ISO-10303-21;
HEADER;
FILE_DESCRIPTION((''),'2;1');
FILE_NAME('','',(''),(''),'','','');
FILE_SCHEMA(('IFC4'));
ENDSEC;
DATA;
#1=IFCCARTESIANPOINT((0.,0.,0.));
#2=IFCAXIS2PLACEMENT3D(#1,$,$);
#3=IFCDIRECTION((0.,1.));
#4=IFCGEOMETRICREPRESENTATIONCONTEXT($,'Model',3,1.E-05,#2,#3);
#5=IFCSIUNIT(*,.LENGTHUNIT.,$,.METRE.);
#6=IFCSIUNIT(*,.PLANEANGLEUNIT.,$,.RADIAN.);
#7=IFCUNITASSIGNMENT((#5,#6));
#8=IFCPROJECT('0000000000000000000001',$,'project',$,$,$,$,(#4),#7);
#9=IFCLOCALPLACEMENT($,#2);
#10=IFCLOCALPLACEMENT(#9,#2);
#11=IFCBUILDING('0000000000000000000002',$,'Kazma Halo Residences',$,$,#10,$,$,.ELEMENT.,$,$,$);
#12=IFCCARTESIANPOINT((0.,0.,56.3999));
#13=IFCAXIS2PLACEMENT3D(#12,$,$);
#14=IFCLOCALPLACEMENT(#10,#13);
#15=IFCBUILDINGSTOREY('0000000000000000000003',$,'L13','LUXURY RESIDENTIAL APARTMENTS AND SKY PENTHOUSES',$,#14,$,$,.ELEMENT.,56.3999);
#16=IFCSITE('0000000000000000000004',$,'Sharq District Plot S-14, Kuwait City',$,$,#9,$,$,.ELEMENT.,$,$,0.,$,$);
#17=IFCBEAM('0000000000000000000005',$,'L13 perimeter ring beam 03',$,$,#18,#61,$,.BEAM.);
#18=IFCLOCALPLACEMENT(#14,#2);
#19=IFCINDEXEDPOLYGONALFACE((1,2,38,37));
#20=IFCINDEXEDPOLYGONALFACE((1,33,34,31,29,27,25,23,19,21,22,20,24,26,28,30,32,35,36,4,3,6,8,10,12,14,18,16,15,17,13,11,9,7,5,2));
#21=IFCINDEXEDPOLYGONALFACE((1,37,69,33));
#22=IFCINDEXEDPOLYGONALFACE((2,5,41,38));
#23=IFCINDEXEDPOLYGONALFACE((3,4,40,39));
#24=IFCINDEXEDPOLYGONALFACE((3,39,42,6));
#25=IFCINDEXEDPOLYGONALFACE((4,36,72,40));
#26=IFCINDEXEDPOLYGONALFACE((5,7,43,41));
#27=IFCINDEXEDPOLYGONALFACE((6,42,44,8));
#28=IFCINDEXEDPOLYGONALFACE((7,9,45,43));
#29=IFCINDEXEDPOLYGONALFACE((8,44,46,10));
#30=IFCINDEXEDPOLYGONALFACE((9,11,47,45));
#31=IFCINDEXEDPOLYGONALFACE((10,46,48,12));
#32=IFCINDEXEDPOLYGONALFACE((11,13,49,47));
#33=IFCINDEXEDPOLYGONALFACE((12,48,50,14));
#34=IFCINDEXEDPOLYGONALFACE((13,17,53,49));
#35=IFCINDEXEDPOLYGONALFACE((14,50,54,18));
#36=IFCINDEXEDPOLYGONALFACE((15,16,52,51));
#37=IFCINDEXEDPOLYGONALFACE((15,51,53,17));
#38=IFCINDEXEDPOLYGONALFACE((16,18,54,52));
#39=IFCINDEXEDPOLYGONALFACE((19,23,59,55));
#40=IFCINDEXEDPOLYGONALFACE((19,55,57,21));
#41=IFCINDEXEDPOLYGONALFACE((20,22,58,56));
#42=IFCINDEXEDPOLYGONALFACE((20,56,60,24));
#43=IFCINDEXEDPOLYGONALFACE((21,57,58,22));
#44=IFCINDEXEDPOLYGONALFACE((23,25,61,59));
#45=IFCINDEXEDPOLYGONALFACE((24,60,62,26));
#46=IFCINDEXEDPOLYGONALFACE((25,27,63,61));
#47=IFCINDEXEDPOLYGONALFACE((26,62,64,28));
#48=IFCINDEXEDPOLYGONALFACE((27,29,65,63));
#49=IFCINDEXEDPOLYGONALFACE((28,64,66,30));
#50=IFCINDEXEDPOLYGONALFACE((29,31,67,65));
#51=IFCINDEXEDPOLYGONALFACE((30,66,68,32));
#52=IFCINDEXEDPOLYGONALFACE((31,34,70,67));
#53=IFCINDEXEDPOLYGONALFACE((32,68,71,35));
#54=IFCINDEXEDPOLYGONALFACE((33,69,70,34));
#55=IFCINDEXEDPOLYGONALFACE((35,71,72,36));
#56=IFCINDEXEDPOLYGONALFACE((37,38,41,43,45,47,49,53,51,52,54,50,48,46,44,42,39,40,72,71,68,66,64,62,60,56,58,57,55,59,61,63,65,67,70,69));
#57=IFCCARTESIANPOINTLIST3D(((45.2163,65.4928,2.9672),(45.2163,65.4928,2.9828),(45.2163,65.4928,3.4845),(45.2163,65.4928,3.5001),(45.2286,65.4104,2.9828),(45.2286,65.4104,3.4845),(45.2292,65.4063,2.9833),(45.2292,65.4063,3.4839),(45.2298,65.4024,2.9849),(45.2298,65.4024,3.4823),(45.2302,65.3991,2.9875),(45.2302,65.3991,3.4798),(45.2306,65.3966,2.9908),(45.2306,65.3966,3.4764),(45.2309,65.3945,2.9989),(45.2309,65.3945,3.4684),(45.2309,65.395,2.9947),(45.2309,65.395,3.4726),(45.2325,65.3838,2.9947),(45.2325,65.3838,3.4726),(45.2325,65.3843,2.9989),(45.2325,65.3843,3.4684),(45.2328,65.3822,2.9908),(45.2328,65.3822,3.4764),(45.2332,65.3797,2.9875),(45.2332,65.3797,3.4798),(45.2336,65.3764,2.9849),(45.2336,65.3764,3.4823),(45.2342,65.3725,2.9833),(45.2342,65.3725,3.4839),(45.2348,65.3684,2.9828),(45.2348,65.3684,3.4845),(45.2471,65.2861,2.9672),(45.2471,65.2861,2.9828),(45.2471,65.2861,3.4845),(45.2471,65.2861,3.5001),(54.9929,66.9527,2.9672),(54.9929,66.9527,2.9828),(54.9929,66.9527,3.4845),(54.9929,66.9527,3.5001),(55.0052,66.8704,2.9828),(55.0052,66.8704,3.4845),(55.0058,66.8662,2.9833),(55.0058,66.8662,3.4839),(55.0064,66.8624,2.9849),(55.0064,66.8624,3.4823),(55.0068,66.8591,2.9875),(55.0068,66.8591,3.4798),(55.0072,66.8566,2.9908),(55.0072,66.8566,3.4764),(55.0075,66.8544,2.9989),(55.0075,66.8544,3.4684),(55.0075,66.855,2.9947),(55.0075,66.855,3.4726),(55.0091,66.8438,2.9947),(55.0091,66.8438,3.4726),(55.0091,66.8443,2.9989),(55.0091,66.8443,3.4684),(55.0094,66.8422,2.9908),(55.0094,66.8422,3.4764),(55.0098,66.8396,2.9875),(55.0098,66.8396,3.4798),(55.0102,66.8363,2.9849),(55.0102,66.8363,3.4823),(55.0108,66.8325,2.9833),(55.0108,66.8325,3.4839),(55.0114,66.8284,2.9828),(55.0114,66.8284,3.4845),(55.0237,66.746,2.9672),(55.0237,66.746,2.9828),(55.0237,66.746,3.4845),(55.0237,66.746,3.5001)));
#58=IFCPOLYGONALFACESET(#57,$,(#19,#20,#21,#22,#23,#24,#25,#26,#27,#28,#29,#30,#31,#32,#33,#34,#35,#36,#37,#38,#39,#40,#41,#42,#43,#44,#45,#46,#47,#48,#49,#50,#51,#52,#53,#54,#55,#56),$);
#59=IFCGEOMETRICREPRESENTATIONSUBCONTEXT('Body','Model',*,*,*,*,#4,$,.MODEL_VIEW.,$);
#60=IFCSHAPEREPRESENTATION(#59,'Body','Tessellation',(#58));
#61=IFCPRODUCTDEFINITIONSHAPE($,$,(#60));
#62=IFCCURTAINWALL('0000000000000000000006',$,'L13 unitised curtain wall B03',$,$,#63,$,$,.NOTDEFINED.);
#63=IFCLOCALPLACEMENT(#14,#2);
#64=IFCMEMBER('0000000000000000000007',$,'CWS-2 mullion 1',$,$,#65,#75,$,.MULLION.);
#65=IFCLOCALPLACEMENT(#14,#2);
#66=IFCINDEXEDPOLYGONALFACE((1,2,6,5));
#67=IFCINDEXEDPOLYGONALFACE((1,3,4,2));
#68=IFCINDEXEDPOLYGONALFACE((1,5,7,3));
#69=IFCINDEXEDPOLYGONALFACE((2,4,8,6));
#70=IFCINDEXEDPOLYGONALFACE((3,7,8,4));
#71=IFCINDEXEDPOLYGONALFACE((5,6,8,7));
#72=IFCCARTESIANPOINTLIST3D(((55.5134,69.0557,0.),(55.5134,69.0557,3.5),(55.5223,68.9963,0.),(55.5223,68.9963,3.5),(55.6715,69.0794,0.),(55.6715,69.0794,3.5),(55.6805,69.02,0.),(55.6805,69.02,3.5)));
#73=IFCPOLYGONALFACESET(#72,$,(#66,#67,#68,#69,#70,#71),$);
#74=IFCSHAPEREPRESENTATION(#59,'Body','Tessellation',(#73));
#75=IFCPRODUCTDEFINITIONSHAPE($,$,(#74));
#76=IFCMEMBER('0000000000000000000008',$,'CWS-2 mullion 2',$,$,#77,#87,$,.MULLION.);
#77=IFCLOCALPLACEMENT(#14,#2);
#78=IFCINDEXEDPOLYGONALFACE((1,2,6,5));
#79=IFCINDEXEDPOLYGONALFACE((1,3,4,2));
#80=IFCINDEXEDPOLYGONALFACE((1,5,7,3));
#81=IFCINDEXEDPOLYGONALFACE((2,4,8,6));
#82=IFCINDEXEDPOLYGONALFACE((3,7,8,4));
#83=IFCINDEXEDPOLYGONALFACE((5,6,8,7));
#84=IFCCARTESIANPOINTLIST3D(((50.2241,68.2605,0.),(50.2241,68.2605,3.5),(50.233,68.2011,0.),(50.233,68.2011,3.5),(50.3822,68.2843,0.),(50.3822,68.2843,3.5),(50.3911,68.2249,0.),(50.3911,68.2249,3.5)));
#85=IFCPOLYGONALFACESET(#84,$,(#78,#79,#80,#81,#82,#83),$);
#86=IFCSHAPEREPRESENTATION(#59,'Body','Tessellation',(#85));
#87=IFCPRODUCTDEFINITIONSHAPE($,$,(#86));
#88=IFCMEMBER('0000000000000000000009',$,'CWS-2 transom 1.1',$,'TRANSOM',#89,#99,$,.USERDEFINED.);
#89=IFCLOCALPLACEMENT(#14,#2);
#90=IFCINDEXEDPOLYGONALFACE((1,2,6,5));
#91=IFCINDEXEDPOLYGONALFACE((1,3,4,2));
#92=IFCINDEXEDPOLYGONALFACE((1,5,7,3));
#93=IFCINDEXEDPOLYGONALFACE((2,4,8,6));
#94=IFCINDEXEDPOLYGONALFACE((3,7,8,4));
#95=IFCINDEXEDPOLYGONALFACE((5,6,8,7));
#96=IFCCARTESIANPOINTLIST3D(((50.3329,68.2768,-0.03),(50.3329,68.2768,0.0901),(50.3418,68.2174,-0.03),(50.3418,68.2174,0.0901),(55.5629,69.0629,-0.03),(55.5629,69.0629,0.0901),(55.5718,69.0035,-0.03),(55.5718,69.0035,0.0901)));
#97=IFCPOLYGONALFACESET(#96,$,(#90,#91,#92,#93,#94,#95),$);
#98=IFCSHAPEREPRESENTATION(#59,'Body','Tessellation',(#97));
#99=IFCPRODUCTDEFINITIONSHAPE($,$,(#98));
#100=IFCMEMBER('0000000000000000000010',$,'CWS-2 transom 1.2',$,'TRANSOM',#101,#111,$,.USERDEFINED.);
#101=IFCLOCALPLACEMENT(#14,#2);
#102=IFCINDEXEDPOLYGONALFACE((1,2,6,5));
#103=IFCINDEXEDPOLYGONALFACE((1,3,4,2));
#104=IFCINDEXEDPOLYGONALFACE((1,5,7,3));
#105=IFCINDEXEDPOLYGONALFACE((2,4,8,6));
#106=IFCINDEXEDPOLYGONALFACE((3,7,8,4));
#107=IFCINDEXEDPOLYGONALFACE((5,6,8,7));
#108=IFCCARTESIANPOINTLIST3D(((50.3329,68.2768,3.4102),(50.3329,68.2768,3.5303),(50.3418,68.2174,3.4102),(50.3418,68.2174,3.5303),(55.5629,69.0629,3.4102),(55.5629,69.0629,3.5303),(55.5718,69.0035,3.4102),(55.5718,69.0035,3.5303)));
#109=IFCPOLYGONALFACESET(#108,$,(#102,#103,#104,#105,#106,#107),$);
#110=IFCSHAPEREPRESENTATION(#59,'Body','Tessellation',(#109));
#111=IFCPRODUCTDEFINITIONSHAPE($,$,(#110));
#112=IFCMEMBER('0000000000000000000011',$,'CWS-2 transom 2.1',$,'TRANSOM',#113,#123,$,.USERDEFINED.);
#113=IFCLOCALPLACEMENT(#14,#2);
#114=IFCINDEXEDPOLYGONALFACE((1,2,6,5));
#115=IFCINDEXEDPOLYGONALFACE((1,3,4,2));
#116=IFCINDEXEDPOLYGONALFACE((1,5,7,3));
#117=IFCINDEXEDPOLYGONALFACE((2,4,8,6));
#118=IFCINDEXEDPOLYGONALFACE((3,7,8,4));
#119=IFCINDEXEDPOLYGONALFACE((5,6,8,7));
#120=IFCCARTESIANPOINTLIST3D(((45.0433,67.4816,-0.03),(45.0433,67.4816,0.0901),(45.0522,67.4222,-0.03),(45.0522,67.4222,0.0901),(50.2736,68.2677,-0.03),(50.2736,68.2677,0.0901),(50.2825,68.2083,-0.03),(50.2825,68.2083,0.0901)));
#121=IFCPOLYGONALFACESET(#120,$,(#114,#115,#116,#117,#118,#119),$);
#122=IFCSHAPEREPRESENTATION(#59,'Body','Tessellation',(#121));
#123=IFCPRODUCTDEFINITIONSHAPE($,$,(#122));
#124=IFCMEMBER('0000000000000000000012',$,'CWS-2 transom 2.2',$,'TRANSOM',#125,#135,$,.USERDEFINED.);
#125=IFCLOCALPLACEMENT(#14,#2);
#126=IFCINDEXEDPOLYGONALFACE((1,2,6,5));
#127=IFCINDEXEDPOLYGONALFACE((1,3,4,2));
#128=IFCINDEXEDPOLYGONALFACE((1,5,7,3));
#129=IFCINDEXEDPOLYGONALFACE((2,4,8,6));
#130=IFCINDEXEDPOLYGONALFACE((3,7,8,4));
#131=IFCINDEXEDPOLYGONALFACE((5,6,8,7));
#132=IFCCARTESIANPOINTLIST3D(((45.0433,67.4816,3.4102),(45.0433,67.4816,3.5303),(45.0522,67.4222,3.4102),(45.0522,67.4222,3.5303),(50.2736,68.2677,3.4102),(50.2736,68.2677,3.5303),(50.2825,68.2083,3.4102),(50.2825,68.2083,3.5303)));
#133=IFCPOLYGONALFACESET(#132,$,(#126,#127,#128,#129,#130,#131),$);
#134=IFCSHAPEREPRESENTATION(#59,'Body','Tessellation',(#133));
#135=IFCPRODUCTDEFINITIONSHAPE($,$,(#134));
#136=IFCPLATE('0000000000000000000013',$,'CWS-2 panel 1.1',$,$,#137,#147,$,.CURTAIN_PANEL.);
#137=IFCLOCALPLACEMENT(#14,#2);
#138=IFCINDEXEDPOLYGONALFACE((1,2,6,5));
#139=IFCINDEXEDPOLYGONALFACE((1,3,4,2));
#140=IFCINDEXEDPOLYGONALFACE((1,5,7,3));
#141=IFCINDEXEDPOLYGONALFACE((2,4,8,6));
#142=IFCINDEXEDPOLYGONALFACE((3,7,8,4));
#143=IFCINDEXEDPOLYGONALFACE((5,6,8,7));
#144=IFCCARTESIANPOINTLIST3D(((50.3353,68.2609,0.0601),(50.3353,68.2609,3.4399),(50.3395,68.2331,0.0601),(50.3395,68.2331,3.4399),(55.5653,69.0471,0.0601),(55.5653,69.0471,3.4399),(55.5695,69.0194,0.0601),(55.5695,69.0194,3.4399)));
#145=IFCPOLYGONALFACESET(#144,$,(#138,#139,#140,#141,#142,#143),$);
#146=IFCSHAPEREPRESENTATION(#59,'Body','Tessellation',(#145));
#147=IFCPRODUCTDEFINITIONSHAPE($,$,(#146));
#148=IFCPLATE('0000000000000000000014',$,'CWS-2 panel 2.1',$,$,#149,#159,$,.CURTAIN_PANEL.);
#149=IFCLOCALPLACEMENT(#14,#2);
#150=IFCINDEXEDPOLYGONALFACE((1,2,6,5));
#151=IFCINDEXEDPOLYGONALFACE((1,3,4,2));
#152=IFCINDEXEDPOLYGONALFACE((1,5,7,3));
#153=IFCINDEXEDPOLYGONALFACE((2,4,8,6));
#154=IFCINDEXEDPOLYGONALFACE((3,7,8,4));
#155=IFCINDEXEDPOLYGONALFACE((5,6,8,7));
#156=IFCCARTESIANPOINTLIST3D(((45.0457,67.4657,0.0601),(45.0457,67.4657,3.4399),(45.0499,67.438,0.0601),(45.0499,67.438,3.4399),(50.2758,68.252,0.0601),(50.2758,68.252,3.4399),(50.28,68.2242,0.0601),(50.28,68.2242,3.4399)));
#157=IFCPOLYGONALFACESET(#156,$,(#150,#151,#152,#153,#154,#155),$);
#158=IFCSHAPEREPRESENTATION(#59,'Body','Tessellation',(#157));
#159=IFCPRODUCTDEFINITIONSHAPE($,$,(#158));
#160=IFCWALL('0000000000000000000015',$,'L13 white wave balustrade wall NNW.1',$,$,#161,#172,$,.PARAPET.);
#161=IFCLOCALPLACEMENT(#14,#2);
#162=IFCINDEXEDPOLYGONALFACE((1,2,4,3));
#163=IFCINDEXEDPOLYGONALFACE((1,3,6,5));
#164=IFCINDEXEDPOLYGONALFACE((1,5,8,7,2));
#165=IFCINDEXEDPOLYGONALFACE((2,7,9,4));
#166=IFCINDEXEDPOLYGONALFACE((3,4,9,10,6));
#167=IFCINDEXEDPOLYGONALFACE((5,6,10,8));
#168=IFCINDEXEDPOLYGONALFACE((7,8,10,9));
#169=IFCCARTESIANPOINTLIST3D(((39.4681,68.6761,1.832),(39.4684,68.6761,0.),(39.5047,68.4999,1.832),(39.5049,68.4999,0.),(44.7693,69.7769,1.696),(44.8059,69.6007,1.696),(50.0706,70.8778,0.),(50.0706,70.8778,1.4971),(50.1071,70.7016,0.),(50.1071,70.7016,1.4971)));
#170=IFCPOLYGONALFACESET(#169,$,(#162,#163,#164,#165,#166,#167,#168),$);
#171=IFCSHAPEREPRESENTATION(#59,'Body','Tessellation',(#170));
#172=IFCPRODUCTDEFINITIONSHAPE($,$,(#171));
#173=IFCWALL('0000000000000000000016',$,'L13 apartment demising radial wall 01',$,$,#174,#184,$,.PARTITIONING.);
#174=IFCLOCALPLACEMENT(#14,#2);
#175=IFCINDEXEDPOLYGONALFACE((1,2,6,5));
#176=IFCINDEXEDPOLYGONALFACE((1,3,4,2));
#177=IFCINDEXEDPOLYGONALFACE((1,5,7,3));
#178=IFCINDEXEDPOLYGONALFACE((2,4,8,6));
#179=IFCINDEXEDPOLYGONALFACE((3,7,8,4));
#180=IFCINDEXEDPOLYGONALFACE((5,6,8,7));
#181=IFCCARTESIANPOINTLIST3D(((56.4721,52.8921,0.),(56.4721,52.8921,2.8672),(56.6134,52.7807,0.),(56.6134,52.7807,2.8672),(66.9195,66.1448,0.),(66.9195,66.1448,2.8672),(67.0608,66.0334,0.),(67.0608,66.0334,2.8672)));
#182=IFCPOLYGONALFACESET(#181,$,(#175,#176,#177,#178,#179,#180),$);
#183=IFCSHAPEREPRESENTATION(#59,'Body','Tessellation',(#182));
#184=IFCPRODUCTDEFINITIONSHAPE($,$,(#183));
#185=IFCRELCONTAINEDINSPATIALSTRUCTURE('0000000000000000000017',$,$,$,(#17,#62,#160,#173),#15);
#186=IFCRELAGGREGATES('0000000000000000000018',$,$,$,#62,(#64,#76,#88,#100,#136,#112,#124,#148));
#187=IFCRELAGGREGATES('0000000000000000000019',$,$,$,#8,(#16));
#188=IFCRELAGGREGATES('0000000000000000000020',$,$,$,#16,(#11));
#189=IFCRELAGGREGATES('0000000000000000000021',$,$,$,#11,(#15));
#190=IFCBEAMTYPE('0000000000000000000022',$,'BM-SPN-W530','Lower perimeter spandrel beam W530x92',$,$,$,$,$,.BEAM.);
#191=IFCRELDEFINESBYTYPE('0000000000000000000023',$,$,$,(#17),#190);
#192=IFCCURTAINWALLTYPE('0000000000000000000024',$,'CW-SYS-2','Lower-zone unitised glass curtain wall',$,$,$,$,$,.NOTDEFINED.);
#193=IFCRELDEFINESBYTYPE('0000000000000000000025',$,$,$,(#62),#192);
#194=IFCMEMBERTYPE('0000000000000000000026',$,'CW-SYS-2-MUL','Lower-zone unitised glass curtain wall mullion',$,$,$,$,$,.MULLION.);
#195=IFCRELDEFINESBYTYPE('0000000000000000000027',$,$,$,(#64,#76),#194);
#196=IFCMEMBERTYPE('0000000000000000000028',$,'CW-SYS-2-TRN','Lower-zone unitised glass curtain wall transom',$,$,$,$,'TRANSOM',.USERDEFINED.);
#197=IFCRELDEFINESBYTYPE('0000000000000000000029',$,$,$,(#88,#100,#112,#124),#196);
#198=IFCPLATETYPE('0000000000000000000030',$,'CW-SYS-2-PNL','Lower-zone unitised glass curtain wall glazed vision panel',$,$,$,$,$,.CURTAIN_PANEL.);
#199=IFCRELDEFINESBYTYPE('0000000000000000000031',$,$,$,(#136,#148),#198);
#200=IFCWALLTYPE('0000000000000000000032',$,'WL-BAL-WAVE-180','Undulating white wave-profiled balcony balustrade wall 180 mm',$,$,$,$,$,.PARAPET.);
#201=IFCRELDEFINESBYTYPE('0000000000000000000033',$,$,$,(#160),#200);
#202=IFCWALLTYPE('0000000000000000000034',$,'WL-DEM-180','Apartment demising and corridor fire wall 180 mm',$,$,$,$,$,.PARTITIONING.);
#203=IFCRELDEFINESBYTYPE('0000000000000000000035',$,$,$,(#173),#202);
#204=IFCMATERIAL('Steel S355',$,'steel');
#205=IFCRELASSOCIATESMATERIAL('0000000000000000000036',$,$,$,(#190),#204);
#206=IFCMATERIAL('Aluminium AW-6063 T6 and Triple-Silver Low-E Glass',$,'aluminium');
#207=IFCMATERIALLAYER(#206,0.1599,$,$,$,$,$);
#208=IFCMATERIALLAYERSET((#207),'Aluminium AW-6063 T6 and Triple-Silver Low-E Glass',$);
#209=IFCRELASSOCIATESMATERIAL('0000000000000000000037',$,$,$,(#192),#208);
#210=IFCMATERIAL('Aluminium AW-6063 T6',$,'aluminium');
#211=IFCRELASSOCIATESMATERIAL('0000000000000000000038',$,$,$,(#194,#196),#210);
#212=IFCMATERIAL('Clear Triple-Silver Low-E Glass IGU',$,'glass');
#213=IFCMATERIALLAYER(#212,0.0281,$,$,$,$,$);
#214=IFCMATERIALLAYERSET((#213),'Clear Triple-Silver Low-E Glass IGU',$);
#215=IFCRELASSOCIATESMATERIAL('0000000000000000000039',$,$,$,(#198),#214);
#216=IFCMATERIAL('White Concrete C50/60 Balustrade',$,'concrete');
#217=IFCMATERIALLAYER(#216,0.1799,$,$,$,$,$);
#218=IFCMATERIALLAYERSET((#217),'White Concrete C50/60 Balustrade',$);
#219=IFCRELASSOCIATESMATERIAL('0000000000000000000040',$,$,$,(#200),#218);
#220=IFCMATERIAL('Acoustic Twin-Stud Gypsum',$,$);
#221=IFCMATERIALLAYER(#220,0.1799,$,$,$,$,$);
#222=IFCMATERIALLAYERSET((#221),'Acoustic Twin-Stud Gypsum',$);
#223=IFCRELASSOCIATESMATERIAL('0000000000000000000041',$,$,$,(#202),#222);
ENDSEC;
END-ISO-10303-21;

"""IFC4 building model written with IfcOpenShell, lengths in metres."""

from ifc_helpers import new_model, si_unit, direction, frame, frame_2d, origin, origin_2d, place, context, subcontext, project, spatial, polyline, rectangle, i_section, outline, extrude, material, layer, layer_set, material_profile, profile_set, type_object, element, aggregate, save


model = new_model("IFC4")

# Units and contexts
model_context = context("Model", 3, precision=1e-05, world=origin(), true_north=direction((0.0, 1.0)))
body_context = subcontext(model_context, "Body", "Model", "MODEL_VIEW")
ifc_project = project(units=[si_unit("LENGTHUNIT", "METRE"), si_unit("PLANEANGLEUNIT", "RADIAN")], contexts=[model_context])

# Site, building, storey
site_placement = place(None, origin())
site = spatial("IfcSite", under=ifc_project, at=site_placement, Name="Sharq District Plot S-14, Kuwait City", CompositionType="ELEMENT", RefElevation=0.0)
building_placement = place(site_placement, origin())
building = spatial("IfcBuilding", under=site, at=building_placement, Name="Kazma Halo Residences", CompositionType="ELEMENT")
storey_placement = place(building_placement, frame((0.0, 0.0, 56.3999)))
storey = spatial("IfcBuildingStorey", under=building, at=storey_placement, Name="L13", Description="LUXURY RESIDENTIAL APARTMENTS AND SKY PENTHOUSES", CompositionType="ELEMENT", Elevation=56.3999)

# Beam
ifc_material_1 = material(Name="Steel S355", Category="steel")
ifc_material_profile_1 = material_profile(ifc_material_1, i_section(OverallWidth=0.209, OverallDepth=0.533, WebThickness=0.0103, FlangeThickness=0.0156, FilletRadius=0.0161, at=origin_2d()), Name="W530x92")
ifc_profile_set_1 = profile_set([ifc_material_profile_1], Name="Steel S355")
beam_type_1 = type_object("IfcBeamType", Name="BM-SPN-W530", Description="Lower perimeter spandrel beam W530x92", PredefinedType="BEAM", material=ifc_profile_set_1)
beam_1_placement = place(storey_placement, frame((55.0083, 66.8494, 3.2336), z_axis=(-0.989033, -0.147694, 0.0), x_axis=(0.147694, -0.989033, 0.0)))
element("IfcBeam", 1, at=beam_1_placement, inside=storey, type_object=beam_type_1, Name="L13 perimeter ring beam 03", PredefinedType="BEAM", context=body_context, shape_type="SweptSolid", body=[
    extrude(i_section(OverallWidth=0.209, OverallDepth=0.533, WebThickness=0.0103, FlangeThickness=0.0156, FilletRadius=0.0161, at=origin_2d()), origin(), (0.0, 0.0, 1.0), 9.885),
])

# Curtain wall, members, plates
ifc_material_2 = material(Name="Aluminium AW-6063 T6 and Triple-Silver Low-E Glass", Category="aluminium")
ifc_layer_1 = layer(ifc_material_2, 0.1599)
ifc_layer_set_1 = layer_set([ifc_layer_1], Name="Aluminium AW-6063 T6 and Triple-Silver Low-E Glass")
curtain_wall_type = type_object("IfcCurtainWallType", Name="CW-SYS-2", Description="Lower-zone unitised glass curtain wall", PredefinedType="NOTDEFINED", material=ifc_layer_set_1)
curtain_wall_placement = place(storey_placement, origin())
curtain_wall = element("IfcCurtainWall", 2, at=curtain_wall_placement, inside=storey, type_object=curtain_wall_type, Name="L13 unitised curtain wall B03", PredefinedType="NOTDEFINED")
ifc_material_3 = material(Name="Aluminium AW-6063 T6", Category="aluminium")
ifc_material_profile_2 = material_profile(ifc_material_3, rectangle(XDim=0.0601, YDim=0.1599, at=origin_2d()), Name="CWM-60x160")
ifc_profile_set_2 = profile_set([ifc_material_profile_2], Name="Aluminium AW-6063 T6")
member_type_1 = type_object("IfcMemberType", Name="CW-SYS-2-MUL", Description="Lower-zone unitised glass curtain wall mullion", PredefinedType="MULLION", material=ifc_profile_set_2)
member_1_placement = place(storey_placement, frame((55.5969, 69.0378, 0.0), z_axis=(0.0, 0.0, 1.0), x_axis=(0.148657, -0.988889, 0.0)))
member_1 = element("IfcMember", 3, at=member_1_placement, type_object=member_type_1, Name="CWS-2 mullion 1", PredefinedType="MULLION", context=body_context, shape_type="SweptSolid", body=[
    extrude(rectangle(XDim=0.0601, YDim=0.1599, at=origin_2d()), origin(), (0.0, 0.0, 1.0), 3.5),
])
member_2_placement = place(storey_placement, frame((50.3076, 68.2427, 0.0), z_axis=(0.0, 0.0, 1.0), x_axis=(0.148657, -0.988889, 0.0)))
member_2 = element("IfcMember", 4, at=member_2_placement, type_object=member_type_1, Name="CWS-2 mullion 2", PredefinedType="MULLION", context=body_context, shape_type="SweptSolid", body=[
    extrude(rectangle(XDim=0.0601, YDim=0.1599, at=origin_2d()), origin(), (0.0, 0.0, 1.0), 3.5),
])
ifc_material_profile_3 = material_profile(ifc_material_3, rectangle(XDim=0.0601, YDim=0.1201, at=origin_2d()), Name="CWT-60x120")
ifc_profile_set_3 = profile_set([ifc_material_profile_3], Name="Aluminium AW-6063 T6")
member_type_2 = type_object("IfcMemberType", Name="CW-SYS-2-TRN", Description="Lower-zone unitised glass curtain wall transom", ElementType="TRANSOM", PredefinedType="USERDEFINED", material=ifc_profile_set_3)
member_3_placement = place(storey_placement, frame((55.5674, 69.0332, 0.03), z_axis=(-0.988891, -0.148643, 0.0), x_axis=(0.148643, -0.988891, 0.0)))
member_3 = element("IfcMember", 5, at=member_3_placement, type_object=member_type_2, Name="CWS-2 transom 1.1", ObjectType="TRANSOM", PredefinedType="USERDEFINED", context=body_context, shape_type="SweptSolid", body=[
    extrude(rectangle(XDim=0.0601, YDim=0.1201, at=origin_2d()), origin(), (0.0, 0.0, 1.0), 5.2888),
])
member_4_placement = place(storey_placement, frame((55.5674, 69.0332, 3.4702), z_axis=(-0.988891, -0.148643, 0.0), x_axis=(0.148643, -0.988891, 0.0)))
member_4 = element("IfcMember", 6, at=member_4_placement, type_object=member_type_2, Name="CWS-2 transom 1.2", ObjectType="TRANSOM", PredefinedType="USERDEFINED", context=body_context, shape_type="SweptSolid", body=[
    extrude(rectangle(XDim=0.0601, YDim=0.1201, at=origin_2d()), origin(), (0.0, 0.0, 1.0), 5.2888),
])
member_5_placement = place(storey_placement, frame((50.2781, 68.238, 0.03), z_axis=(-0.988892, -0.148636, 0.0), x_axis=(0.148636, -0.988892, 0.0)))
member_5 = element("IfcMember", 7, at=member_5_placement, type_object=member_type_2, Name="CWS-2 transom 2.1", ObjectType="TRANSOM", PredefinedType="USERDEFINED", context=body_context, shape_type="SweptSolid", body=[
    extrude(rectangle(XDim=0.0601, YDim=0.1201, at=origin_2d()), origin(), (0.0, 0.0, 1.0), 5.2891),
])
member_6_placement = place(storey_placement, frame((50.2781, 68.238, 3.4702), z_axis=(-0.988892, -0.148636, 0.0), x_axis=(0.148636, -0.988892, 0.0)))
member_6 = element("IfcMember", 8, at=member_6_placement, type_object=member_type_2, Name="CWS-2 transom 2.2", ObjectType="TRANSOM", PredefinedType="USERDEFINED", context=body_context, shape_type="SweptSolid", body=[
    extrude(rectangle(XDim=0.0601, YDim=0.1201, at=origin_2d()), origin(), (0.0, 0.0, 1.0), 5.2891),
])
ifc_material_4 = material(Name="Clear Triple-Silver Low-E Glass IGU", Category="glass")
ifc_layer_2 = layer(ifc_material_4, 0.0281)
ifc_layer_set_2 = layer_set([ifc_layer_2], Name="Clear Triple-Silver Low-E Glass IGU")
plate_type = type_object("IfcPlateType", Name="CW-SYS-2-PNL", Description="Lower-zone unitised glass curtain wall glazed vision panel", PredefinedType="CURTAIN_PANEL", material=ifc_layer_set_2)
plate_1_placement = place(storey_placement, frame((52.9524, 68.6401, 0.0601), z_axis=(0.0, 0.0, 1.0), x_axis=(-0.988889, -0.148657, 0.0)))
plate_1 = element("IfcPlate", 9, at=plate_1_placement, type_object=plate_type, Name="CWS-2 panel 1.1", PredefinedType="CURTAIN_PANEL", context=body_context, shape_type="SweptSolid", body=[
    extrude(rectangle(XDim=5.2888, YDim=0.0281, at=origin_2d()), origin(), (0.0, 0.0, 1.0), 3.3799),
])
plate_2_placement = place(storey_placement, frame((47.6628, 67.845, 0.0601), z_axis=(0.0, 0.0, 1.0), x_axis=(-0.988889, -0.148657, 0.0)))
plate_2 = element("IfcPlate", 10, at=plate_2_placement, type_object=plate_type, Name="CWS-2 panel 2.1", PredefinedType="CURTAIN_PANEL", context=body_context, shape_type="SweptSolid", body=[
    extrude(rectangle(XDim=5.2888, YDim=0.0281, at=origin_2d()), origin(), (0.0, 0.0, 1.0), 3.3799),
])
aggregate(curtain_wall, [member_1, member_2, member_3, member_4, plate_1, member_5, member_6, plate_2])

# Walls
ifc_material_5 = material(Name="White Concrete C50/60 Balustrade", Category="concrete")
ifc_layer_3 = layer(ifc_material_5, 0.1799)
ifc_layer_set_3 = layer_set([ifc_layer_3], Name="White Concrete C50/60 Balustrade")
wall_type_1 = type_object("IfcWallType", Name="WL-BAL-WAVE-180", Description="Undulating white wave-profiled balcony balustrade wall 180 mm", PredefinedType="PARAPET", material=ifc_layer_set_3)
wall_1_placement = place(storey_placement, frame((50.0889, 70.7896, 0.0), z_axis=(0.0, 0.0, 1.0), x_axis=(-0.979112, -0.203321, 0.0)))
element("IfcWall", 11, at=wall_1_placement, inside=storey, type_object=wall_type_1, Name="L13 white wave balustrade wall NNW.1", PredefinedType="PARAPET", context=body_context, shape_type="SweptSolid", body=[
    extrude(outline(polyline([(0.0, 0.0), (10.8284, 0.0), (10.8286, 1.832), (5.4143, 1.696), (0.0, 1.4971), (0.0, 0.0)])), frame((0.0, 0.0898, 0.0), z_axis=(0.0, -1.0, 0.0), x_axis=(1.0, 0.0, 0.0)), (0.0, 0.0, 1.0), 0.1799),
])
ifc_material_6 = material(Name="Acoustic Twin-Stud Gypsum")
ifc_layer_4 = layer(ifc_material_6, 0.1799)
ifc_layer_set_4 = layer_set([ifc_layer_4], Name="Acoustic Twin-Stud Gypsum")
wall_type_2 = type_object("IfcWallType", Name="WL-DEM-180", Description="Apartment demising and corridor fire wall 180 mm", PredefinedType="PARTITIONING", material=ifc_layer_set_4)
wall_2_placement = place(storey_placement, frame((56.5427, 52.8364, 0.0), z_axis=(0.0, 0.0, 1.0), x_axis=(0.619092, 0.785319, 0.0)))
element("IfcWall", 12, at=wall_2_placement, inside=storey, type_object=wall_type_2, Name="L13 apartment demising radial wall 01", PredefinedType="PARTITIONING", context=body_context, shape_type="SweptSolid", body=[
    extrude(rectangle(XDim=16.8755, YDim=0.1799, at=frame_2d((8.4377, 0.0))), origin(), (0.0, 0.0, 1.0), 2.8672),
])

save(model, "model.ifc")
